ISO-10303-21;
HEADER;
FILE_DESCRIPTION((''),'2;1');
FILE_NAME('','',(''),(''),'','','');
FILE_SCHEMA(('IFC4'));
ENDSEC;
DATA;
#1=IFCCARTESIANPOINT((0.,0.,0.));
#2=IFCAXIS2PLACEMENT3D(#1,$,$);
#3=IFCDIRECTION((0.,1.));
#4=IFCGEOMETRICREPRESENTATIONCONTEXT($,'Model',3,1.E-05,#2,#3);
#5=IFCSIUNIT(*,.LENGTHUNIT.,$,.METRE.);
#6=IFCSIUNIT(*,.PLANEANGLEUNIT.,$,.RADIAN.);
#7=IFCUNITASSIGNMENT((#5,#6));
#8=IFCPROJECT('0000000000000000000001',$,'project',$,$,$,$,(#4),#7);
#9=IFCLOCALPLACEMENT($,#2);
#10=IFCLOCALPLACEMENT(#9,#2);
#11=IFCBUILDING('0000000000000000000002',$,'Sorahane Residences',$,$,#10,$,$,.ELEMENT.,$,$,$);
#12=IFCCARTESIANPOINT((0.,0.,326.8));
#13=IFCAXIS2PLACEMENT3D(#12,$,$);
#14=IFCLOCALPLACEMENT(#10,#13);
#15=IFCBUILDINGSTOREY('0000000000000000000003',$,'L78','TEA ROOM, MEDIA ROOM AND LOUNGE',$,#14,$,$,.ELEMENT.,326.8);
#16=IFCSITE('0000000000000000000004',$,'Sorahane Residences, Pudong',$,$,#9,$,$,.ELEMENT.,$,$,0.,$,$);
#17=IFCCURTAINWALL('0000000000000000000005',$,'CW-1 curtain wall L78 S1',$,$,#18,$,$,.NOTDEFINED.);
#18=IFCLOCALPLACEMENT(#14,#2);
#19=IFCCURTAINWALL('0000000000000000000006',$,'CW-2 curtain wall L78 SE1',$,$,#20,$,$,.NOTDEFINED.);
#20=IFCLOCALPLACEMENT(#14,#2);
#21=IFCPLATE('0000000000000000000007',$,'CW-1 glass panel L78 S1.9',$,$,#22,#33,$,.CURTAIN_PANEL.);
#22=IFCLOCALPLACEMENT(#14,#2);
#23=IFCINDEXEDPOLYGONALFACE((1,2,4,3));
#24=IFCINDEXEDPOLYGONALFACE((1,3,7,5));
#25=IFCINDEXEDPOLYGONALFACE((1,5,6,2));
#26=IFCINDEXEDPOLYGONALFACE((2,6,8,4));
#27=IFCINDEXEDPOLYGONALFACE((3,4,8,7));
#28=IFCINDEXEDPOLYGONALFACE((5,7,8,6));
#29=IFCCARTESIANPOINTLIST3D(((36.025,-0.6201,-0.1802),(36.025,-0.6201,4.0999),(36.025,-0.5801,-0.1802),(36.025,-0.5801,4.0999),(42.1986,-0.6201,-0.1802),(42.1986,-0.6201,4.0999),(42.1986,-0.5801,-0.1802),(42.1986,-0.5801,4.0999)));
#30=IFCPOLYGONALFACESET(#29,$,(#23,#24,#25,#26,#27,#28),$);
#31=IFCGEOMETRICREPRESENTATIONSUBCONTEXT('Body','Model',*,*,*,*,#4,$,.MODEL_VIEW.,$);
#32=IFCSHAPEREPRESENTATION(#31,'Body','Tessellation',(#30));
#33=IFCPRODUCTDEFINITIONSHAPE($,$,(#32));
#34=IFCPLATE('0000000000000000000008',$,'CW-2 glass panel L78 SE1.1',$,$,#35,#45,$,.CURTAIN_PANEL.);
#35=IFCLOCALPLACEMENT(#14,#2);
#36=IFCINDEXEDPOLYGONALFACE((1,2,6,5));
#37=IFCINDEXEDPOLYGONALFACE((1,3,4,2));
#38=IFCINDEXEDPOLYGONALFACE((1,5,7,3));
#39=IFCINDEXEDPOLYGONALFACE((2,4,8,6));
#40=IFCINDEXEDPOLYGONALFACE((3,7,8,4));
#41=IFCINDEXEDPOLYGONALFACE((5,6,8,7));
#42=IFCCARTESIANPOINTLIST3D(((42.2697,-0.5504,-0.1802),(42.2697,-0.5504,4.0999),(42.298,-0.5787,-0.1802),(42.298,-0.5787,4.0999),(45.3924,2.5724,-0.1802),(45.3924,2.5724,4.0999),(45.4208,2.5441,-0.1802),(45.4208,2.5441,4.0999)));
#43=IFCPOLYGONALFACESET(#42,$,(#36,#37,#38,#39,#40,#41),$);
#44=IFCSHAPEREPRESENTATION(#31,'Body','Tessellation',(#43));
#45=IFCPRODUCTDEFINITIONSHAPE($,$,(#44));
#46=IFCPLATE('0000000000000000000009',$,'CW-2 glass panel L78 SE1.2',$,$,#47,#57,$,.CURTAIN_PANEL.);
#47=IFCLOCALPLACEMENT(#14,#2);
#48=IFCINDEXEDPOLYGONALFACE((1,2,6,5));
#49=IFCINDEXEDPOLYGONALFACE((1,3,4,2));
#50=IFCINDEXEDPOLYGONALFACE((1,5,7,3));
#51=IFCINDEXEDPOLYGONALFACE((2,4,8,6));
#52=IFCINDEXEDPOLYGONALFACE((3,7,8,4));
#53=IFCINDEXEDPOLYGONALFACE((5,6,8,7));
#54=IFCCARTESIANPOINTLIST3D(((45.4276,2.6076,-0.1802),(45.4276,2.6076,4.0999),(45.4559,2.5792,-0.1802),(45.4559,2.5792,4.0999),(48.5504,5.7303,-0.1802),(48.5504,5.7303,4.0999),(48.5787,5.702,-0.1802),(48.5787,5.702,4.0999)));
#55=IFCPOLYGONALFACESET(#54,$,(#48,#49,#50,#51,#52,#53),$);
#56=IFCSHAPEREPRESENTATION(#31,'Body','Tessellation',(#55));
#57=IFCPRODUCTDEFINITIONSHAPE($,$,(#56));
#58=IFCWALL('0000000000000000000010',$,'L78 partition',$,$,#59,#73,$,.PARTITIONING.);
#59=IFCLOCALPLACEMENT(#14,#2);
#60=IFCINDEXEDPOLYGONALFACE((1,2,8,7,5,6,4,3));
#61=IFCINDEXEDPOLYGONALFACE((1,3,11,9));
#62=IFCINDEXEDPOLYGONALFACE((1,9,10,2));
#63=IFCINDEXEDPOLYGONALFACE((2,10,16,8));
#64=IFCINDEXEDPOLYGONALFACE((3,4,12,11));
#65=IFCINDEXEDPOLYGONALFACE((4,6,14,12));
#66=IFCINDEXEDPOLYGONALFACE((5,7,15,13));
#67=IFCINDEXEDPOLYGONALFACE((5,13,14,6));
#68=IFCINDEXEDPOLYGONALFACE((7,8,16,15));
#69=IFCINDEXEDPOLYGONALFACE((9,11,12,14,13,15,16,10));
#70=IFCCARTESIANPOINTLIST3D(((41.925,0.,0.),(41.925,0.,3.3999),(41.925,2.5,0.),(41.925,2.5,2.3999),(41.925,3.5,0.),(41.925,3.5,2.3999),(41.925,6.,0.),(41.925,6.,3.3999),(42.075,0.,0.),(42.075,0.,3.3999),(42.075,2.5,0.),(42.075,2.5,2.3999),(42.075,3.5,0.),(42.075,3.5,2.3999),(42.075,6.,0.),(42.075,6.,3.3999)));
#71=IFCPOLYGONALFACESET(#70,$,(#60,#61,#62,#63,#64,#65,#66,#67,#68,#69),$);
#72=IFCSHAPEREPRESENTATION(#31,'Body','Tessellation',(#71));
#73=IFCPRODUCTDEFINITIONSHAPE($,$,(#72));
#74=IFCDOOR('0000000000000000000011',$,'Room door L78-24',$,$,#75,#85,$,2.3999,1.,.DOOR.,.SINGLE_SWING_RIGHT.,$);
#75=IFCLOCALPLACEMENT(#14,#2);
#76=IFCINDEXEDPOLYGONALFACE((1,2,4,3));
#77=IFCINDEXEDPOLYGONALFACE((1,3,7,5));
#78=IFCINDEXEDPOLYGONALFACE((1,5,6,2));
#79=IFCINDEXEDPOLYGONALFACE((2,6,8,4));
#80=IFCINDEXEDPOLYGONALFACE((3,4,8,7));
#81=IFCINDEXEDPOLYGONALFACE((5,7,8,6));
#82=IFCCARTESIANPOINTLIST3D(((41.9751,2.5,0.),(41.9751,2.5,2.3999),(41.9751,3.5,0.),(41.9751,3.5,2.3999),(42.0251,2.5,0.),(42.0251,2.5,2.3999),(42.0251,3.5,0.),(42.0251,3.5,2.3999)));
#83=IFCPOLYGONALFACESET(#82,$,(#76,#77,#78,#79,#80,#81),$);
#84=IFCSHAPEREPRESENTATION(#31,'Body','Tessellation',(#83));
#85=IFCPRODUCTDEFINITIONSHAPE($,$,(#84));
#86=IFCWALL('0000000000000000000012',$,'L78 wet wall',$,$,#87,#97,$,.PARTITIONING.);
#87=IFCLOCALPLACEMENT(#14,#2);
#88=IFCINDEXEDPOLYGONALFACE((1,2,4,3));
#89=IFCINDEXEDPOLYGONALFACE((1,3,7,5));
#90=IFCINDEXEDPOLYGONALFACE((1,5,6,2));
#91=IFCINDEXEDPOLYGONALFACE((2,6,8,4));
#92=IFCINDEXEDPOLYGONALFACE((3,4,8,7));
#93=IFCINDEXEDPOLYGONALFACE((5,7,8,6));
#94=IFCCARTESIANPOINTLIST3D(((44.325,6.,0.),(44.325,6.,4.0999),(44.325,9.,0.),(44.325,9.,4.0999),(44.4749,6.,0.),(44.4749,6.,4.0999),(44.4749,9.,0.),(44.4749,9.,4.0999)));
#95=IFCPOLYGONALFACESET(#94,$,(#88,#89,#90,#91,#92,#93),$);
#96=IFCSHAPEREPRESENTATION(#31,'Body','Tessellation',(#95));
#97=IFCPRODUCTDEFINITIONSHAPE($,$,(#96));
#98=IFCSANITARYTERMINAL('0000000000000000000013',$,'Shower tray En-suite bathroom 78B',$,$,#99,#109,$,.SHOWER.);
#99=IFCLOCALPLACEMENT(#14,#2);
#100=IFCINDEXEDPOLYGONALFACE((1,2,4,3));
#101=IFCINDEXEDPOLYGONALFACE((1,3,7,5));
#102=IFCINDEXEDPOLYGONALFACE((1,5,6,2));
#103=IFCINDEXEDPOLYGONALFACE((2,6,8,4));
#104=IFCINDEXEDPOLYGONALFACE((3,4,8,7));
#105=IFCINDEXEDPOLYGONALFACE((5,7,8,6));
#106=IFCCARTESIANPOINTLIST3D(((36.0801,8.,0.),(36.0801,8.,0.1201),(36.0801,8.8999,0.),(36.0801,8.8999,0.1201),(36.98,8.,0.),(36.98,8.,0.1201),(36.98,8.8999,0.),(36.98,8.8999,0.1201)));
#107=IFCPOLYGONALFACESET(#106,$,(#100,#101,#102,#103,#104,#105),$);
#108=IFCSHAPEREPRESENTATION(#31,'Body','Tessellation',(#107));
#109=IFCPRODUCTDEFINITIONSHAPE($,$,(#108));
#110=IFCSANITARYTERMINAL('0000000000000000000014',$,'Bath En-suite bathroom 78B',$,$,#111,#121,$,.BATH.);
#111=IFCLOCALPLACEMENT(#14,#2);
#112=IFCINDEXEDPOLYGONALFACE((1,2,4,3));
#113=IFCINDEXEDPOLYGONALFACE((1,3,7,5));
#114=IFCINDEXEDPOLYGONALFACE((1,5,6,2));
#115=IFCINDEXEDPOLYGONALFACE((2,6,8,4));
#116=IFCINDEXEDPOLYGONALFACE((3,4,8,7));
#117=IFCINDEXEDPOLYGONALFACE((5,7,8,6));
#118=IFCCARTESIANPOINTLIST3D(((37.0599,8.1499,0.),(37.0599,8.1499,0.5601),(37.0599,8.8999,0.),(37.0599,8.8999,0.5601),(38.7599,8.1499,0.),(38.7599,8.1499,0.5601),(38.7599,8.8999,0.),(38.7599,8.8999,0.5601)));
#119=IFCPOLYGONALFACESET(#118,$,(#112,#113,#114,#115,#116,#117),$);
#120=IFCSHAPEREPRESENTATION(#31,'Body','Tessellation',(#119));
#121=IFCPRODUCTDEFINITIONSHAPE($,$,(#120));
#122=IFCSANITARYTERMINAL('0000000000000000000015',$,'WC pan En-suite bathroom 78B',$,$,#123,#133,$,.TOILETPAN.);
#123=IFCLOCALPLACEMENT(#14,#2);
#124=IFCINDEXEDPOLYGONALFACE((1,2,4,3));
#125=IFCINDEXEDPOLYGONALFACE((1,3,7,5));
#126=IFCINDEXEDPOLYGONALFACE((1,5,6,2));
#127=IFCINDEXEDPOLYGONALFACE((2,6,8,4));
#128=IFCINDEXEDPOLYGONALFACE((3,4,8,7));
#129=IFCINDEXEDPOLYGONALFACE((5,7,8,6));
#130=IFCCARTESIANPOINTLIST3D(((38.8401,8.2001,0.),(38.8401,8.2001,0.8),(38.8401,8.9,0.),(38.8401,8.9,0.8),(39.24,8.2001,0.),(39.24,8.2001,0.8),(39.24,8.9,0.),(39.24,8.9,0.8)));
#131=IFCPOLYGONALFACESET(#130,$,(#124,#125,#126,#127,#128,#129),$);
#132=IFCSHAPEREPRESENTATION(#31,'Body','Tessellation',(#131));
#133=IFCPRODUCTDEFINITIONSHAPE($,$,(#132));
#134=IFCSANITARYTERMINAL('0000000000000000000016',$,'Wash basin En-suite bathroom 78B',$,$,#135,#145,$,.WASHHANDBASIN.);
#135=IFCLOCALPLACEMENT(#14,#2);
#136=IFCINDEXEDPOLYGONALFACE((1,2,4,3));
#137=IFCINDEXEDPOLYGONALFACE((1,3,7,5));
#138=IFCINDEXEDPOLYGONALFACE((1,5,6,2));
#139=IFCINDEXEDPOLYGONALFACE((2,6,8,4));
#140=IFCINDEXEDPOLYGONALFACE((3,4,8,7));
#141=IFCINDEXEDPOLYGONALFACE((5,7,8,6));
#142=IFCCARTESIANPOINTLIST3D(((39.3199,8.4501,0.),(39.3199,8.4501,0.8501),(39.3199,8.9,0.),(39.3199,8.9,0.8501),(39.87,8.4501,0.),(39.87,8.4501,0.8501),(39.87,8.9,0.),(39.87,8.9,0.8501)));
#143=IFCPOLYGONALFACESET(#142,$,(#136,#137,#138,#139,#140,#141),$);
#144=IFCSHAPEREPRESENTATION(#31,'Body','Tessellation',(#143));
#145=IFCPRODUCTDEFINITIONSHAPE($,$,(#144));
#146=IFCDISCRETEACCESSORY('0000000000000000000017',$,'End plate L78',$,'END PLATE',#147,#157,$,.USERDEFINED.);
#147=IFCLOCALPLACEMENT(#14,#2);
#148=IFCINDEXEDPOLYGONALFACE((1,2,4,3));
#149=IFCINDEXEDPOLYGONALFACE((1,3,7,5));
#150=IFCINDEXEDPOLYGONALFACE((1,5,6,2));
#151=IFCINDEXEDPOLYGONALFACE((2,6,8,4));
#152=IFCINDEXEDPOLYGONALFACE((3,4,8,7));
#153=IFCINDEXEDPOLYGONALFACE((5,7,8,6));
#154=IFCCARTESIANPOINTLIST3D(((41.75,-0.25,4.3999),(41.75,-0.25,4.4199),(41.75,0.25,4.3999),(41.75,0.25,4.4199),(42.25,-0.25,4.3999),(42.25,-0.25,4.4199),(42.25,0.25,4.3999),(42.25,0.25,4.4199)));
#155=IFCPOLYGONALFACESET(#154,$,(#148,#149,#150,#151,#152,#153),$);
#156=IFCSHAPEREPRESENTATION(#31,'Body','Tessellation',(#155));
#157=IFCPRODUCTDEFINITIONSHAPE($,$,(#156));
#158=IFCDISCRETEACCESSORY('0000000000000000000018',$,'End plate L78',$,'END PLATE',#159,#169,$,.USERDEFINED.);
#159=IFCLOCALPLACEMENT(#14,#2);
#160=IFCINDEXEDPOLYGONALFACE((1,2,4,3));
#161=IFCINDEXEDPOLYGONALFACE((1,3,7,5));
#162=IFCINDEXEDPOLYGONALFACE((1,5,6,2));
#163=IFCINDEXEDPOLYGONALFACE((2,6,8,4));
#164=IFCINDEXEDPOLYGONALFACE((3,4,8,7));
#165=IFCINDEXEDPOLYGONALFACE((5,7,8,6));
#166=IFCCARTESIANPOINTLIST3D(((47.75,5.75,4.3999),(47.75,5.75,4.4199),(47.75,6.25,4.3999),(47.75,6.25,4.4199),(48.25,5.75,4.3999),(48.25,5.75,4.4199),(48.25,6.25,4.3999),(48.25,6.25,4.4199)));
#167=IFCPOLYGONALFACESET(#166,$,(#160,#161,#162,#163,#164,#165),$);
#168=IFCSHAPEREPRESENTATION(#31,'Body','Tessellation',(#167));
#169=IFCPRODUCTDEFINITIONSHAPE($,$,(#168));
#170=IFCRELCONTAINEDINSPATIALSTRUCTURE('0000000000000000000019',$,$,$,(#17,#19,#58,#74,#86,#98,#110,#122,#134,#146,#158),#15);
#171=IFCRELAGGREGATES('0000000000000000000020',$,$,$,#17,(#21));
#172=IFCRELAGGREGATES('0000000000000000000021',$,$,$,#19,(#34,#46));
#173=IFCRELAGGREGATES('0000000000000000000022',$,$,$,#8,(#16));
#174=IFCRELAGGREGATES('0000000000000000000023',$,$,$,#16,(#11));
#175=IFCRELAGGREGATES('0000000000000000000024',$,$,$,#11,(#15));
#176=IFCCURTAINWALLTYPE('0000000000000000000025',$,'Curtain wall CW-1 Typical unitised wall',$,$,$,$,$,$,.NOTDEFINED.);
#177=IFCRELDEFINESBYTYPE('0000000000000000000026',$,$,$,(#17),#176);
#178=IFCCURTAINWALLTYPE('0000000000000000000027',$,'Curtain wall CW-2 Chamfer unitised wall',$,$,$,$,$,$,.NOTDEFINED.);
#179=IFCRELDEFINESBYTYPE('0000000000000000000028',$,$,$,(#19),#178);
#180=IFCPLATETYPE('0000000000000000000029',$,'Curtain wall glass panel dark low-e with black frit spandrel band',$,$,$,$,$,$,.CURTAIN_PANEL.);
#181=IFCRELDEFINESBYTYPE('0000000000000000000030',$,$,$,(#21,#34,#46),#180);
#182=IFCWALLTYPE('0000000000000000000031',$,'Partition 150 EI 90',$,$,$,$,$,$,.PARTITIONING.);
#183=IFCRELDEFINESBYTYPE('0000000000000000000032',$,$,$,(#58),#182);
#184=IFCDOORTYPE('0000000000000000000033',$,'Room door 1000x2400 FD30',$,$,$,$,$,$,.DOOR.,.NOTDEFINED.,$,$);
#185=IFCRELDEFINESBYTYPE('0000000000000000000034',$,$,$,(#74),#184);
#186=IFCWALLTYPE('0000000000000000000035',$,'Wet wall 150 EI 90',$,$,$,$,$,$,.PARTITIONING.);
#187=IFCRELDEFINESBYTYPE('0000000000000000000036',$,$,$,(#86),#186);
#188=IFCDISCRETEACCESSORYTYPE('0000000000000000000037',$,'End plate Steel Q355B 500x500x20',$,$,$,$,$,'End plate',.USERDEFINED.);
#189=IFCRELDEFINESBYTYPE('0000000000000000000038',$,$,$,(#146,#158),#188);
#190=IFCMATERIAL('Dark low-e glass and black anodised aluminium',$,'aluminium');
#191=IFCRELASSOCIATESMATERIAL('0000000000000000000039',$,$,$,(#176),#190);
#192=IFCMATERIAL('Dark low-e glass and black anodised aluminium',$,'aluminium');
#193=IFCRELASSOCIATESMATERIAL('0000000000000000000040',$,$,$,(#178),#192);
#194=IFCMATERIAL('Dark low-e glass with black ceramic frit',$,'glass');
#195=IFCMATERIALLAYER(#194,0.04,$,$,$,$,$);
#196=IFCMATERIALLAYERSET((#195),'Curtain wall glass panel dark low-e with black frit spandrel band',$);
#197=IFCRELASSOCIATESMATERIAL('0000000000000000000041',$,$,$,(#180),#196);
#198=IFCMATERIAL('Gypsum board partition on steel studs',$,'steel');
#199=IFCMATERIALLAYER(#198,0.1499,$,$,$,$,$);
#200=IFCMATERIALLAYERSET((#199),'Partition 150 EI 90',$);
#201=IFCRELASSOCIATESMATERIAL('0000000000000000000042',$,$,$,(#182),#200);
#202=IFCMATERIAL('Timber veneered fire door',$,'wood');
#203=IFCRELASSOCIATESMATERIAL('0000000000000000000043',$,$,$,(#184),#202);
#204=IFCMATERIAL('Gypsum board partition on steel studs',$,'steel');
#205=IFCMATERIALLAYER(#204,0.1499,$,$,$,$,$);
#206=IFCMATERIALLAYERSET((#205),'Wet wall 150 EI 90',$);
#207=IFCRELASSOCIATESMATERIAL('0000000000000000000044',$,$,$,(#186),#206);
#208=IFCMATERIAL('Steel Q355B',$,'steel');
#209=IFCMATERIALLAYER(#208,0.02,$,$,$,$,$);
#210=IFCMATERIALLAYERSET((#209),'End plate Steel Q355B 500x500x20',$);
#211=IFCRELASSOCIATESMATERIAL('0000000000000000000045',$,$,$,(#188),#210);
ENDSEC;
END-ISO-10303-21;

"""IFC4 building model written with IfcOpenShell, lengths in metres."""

from ifc_helpers import new_model, si_unit, direction, frame, frame_2d, origin, origin_2d, place, context, subcontext, project, spatial, rectangle, extrude, material, layer, layer_set, type_object, element, fill, aggregate, save


model = new_model("IFC4")

# Units and contexts
model_context = context("Model", 3, precision=1e-05, world=origin(), true_north=direction((0.0, 1.0)))
body_context = subcontext(model_context, "Body", "Model", "MODEL_VIEW")
ifc_project = project(units=[si_unit("LENGTHUNIT", "METRE"), si_unit("PLANEANGLEUNIT", "RADIAN")], contexts=[model_context])

# Site, building, storey
site_placement = place(None, origin())
site = spatial("IfcSite", under=ifc_project, at=site_placement, Name="Sorahane Residences, Pudong", CompositionType="ELEMENT", RefElevation=0.0)
building_placement = place(site_placement, origin())
building = spatial("IfcBuilding", under=site, at=building_placement, Name="Sorahane Residences", CompositionType="ELEMENT")
storey_placement = place(building_placement, frame((0.0, 0.0, 326.8)))
storey = spatial("IfcBuildingStorey", under=building, at=storey_placement, Name="L78", Description="TEA ROOM, MEDIA ROOM AND LOUNGE", CompositionType="ELEMENT", Elevation=326.8)

# Curtain wall
ifc_material_1 = material(Name="Dark low-e glass and black anodised aluminium", Category="aluminium")
curtain_wall_type_1 = type_object("IfcCurtainWallType", Name="Curtain wall CW-1 Typical unitised wall", PredefinedType="NOTDEFINED", material=ifc_material_1)
curtain_wall_1_placement = place(storey_placement, origin())
curtain_wall_1 = element("IfcCurtainWall", 1, at=curtain_wall_1_placement, inside=storey, type_object=curtain_wall_type_1, Name="CW-1 curtain wall L78 S1", PredefinedType="NOTDEFINED")

# Curtain wall
ifc_material_2 = material(Name="Dark low-e glass and black anodised aluminium", Category="aluminium")
curtain_wall_type_2 = type_object("IfcCurtainWallType", Name="Curtain wall CW-2 Chamfer unitised wall", PredefinedType="NOTDEFINED", material=ifc_material_2)
curtain_wall_2_placement = place(storey_placement, origin())
curtain_wall_2 = element("IfcCurtainWall", 2, at=curtain_wall_2_placement, inside=storey, type_object=curtain_wall_type_2, Name="CW-2 curtain wall L78 SE1", PredefinedType="NOTDEFINED")

# Plates
ifc_material_3 = material(Name="Dark low-e glass with black ceramic frit", Category="glass")
ifc_layer_1 = layer(ifc_material_3, 0.04)
ifc_layer_set_1 = layer_set([ifc_layer_1], Name="Curtain wall glass panel dark low-e with black frit spandrel band")
plate_type = type_object("IfcPlateType", Name="Curtain wall glass panel dark low-e with black frit spandrel band", PredefinedType="CURTAIN_PANEL", material=ifc_layer_set_1)
plate_1_placement = place(storey_placement, frame((39.1118, -0.6001, -0.1802), z_axis=(0.0, 0.0, 1.0), x_axis=(1.0, 0.0, 0.0)))
plate_1 = element("IfcPlate", 3, at=plate_1_placement, type_object=plate_type, Name="CW-1 glass panel L78 S1.9", PredefinedType="CURTAIN_PANEL", context=body_context, shape_type="SweptSolid", body=[
    extrude(rectangle(XDim=6.1736, YDim=0.04, at=origin_2d()), origin(), (0.0, 0.0, 1.0), 4.28),
])
aggregate(curtain_wall_1, [plate_1])
plate_2_placement = place(storey_placement, frame((43.8452, 0.9968, -0.1802), z_axis=(0.0, 0.0, 1.0), x_axis=(0.707107, 0.707107, 0.0)))
plate_2 = element("IfcPlate", 4, at=plate_2_placement, type_object=plate_type, Name="CW-2 glass panel L78 SE1.1", PredefinedType="CURTAIN_PANEL", context=body_context, shape_type="SweptSolid", body=[
    extrude(rectangle(XDim=4.4163, YDim=0.04, at=origin_2d()), origin(), (0.0, 0.0, 1.0), 4.28),
])
plate_3_placement = place(storey_placement, frame((47.0032, 4.1548, -0.1802), z_axis=(0.0, 0.0, 1.0), x_axis=(0.707107, 0.707107, 0.0)))
plate_3 = element("IfcPlate", 5, at=plate_3_placement, type_object=plate_type, Name="CW-2 glass panel L78 SE1.2", PredefinedType="CURTAIN_PANEL", context=body_context, shape_type="SweptSolid", body=[
    extrude(rectangle(XDim=4.4163, YDim=0.04, at=origin_2d()), origin(), (0.0, 0.0, 1.0), 4.28),
])
aggregate(curtain_wall_2, [plate_2, plate_3])

# Wall, opening, door
ifc_material_4 = material(Name="Gypsum board partition on steel studs", Category="steel")
ifc_layer_2 = layer(ifc_material_4, 0.1499)
ifc_layer_set_2 = layer_set([ifc_layer_2], Name="Partition 150 EI 90")
wall_type_1 = type_object("IfcWallType", Name="Partition 150 EI 90", PredefinedType="PARTITIONING", material=ifc_layer_set_2)
wall_1_placement = place(storey_placement, frame((42.0, 0.0, 0.0), z_axis=(0.0, 0.0, 1.0), x_axis=(0.0, 1.0, 0.0)))
wall_1 = element("IfcWall", 6, at=wall_1_placement, inside=storey, type_object=wall_type_1, Name="L78 partition", PredefinedType="PARTITIONING", context=body_context, shape_type="SweptSolid", body=[
    extrude(rectangle(XDim=6.0, YDim=0.1499, at=frame_2d((3.0, 0.0))), origin(), (0.0, 0.0, 1.0), 3.3999),
])
opening_1_placement = place(wall_1_placement, frame((2.5, 0.0, 0.0)))
opening_1 = element("IfcOpeningElement", 7, at=opening_1_placement, cuts=wall_1, PredefinedType="OPENING", context=body_context, shape_type="SweptSolid", body=[
    extrude(rectangle(XDim=1.0, YDim=2.3999, at=frame_2d((0.5, 1.2))), frame((0.0, 0.085, 0.0), z_axis=(0.0, -1.0, 0.0), x_axis=(1.0, 0.0, 0.0)), (0.0, 0.0, 1.0), 0.1699),
])
ifc_material_5 = material(Name="Timber veneered fire door", Category="wood")
door_type = type_object("IfcDoorType", Name="Room door 1000x2400 FD30", OperationType="NOTDEFINED", PredefinedType="DOOR", material=ifc_material_5)
door_1_placement = place(opening_1_placement, origin())
door_1 = element("IfcDoor", 8, at=door_1_placement, inside=storey, type_object=door_type, Name="Room door L78-24", OperationType="SINGLE_SWING_RIGHT", OverallHeight=2.3999, OverallWidth=1.0, PredefinedType="DOOR", context=body_context, shape_type="SweptSolid", body=[
    extrude(rectangle(XDim=1.0, YDim=2.3999, at=frame_2d((0.5, 1.2))), frame((0.0, 0.0249, 0.0), z_axis=(0.0, -1.0, 0.0), x_axis=(1.0, 0.0, 0.0)), (0.0, 0.0, 1.0), 0.05),
])
fill(opening_1, door_1)

# Wall
ifc_material_6 = material(Name="Gypsum board partition on steel studs", Category="steel")
ifc_layer_3 = layer(ifc_material_6, 0.1499)
ifc_layer_set_3 = layer_set([ifc_layer_3], Name="Wet wall 150 EI 90")
wall_type_2 = type_object("IfcWallType", Name="Wet wall 150 EI 90", PredefinedType="PARTITIONING", material=ifc_layer_set_3)
wall_2_placement = place(storey_placement, frame((44.3999, 6.0, 0.0), z_axis=(0.0, 0.0, 1.0), x_axis=(0.0, 1.0, 0.0)))
element("IfcWall", 9, at=wall_2_placement, inside=storey, type_object=wall_type_2, Name="L78 wet wall", PredefinedType="PARTITIONING", context=body_context, shape_type="SweptSolid", body=[
    extrude(rectangle(XDim=3.0, YDim=0.1499, at=frame_2d((1.5, 0.0))), origin(), (0.0, 0.0, 1.0), 4.0999),
])

# Sanitary terminals
sanitary_terminal_1_placement = place(storey_placement, frame((36.53, 8.45, 0.0), z_axis=(0.0, 0.0, 1.0), x_axis=(1.0, 0.0, 0.0)))
element("IfcSanitaryTerminal", 10, at=sanitary_terminal_1_placement, inside=storey, Name="Shower tray En-suite bathroom 78B", PredefinedType="SHOWER", context=body_context, shape_type="SweptSolid", body=[
    extrude(rectangle(XDim=0.8999, YDim=0.8999, at=origin_2d()), origin(), (0.0, 0.0, 1.0), 0.1201),
])
sanitary_terminal_2_placement = place(storey_placement, frame((37.9099, 8.5249, 0.0), z_axis=(0.0, 0.0, 1.0), x_axis=(1.0, 0.0, 0.0)))
element("IfcSanitaryTerminal", 11, at=sanitary_terminal_2_placement, inside=storey, Name="Bath En-suite bathroom 78B", PredefinedType="BATH", context=body_context, shape_type="SweptSolid", body=[
    extrude(rectangle(XDim=1.7, YDim=0.75, at=origin_2d()), origin(), (0.0, 0.0, 1.0), 0.5601),
])
sanitary_terminal_3_placement = place(storey_placement, frame((39.04, 8.55, 0.0), z_axis=(0.0, 0.0, 1.0), x_axis=(1.0, 0.0, 0.0)))
element("IfcSanitaryTerminal", 12, at=sanitary_terminal_3_placement, inside=storey, Name="WC pan En-suite bathroom 78B", PredefinedType="TOILETPAN", context=body_context, shape_type="SweptSolid", body=[
    extrude(rectangle(XDim=0.3999, YDim=0.7, at=origin_2d()), origin(), (0.0, 0.0, 1.0), 0.8),
])
sanitary_terminal_4_placement = place(storey_placement, frame((39.595, 8.675, 0.0), z_axis=(0.0, 0.0, 1.0), x_axis=(1.0, 0.0, 0.0)))
element("IfcSanitaryTerminal", 13, at=sanitary_terminal_4_placement, inside=storey, Name="Wash basin En-suite bathroom 78B", PredefinedType="WASHHANDBASIN", context=body_context, shape_type="SweptSolid", body=[
    extrude(rectangle(XDim=0.55, YDim=0.45, at=origin_2d()), origin(), (0.0, 0.0, 1.0), 0.8501),
])

# Discrete accessories
ifc_material_7 = material(Name="Steel Q355B", Category="steel")
ifc_layer_4 = layer(ifc_material_7, 0.02)
ifc_layer_set_4 = layer_set([ifc_layer_4], Name="End plate Steel Q355B 500x500x20")
discrete_accessory_type = type_object("IfcDiscreteAccessoryType", Name="End plate Steel Q355B 500x500x20", ElementType="End plate", PredefinedType="USERDEFINED", material=ifc_layer_set_4)
for number, where, z_axis, x_axis, name in (
    (14, (42.0, 0.0, 4.3999), (0.0, 0.0, 1.0), (1.0, 0.0, 0.0), "End plate L78"),
    (15, (48.0, 6.0, 4.3999), (0.0, 0.0, 1.0), (1.0, 0.0, 0.0), "End plate L78"),
):
    element("IfcDiscreteAccessory", number, at=place(storey_placement, frame(where, z_axis=z_axis, x_axis=x_axis)), inside=storey, type_object=discrete_accessory_type, Name=name, ObjectType="END PLATE", PredefinedType="USERDEFINED", context=body_context, shape_type="SweptSolid", body=[
        extrude(rectangle(XDim=0.5, YDim=0.5, at=origin_2d()), origin(), (0.0, 0.0, 1.0), 0.02),
    ])

save(model, "model.ifc")
